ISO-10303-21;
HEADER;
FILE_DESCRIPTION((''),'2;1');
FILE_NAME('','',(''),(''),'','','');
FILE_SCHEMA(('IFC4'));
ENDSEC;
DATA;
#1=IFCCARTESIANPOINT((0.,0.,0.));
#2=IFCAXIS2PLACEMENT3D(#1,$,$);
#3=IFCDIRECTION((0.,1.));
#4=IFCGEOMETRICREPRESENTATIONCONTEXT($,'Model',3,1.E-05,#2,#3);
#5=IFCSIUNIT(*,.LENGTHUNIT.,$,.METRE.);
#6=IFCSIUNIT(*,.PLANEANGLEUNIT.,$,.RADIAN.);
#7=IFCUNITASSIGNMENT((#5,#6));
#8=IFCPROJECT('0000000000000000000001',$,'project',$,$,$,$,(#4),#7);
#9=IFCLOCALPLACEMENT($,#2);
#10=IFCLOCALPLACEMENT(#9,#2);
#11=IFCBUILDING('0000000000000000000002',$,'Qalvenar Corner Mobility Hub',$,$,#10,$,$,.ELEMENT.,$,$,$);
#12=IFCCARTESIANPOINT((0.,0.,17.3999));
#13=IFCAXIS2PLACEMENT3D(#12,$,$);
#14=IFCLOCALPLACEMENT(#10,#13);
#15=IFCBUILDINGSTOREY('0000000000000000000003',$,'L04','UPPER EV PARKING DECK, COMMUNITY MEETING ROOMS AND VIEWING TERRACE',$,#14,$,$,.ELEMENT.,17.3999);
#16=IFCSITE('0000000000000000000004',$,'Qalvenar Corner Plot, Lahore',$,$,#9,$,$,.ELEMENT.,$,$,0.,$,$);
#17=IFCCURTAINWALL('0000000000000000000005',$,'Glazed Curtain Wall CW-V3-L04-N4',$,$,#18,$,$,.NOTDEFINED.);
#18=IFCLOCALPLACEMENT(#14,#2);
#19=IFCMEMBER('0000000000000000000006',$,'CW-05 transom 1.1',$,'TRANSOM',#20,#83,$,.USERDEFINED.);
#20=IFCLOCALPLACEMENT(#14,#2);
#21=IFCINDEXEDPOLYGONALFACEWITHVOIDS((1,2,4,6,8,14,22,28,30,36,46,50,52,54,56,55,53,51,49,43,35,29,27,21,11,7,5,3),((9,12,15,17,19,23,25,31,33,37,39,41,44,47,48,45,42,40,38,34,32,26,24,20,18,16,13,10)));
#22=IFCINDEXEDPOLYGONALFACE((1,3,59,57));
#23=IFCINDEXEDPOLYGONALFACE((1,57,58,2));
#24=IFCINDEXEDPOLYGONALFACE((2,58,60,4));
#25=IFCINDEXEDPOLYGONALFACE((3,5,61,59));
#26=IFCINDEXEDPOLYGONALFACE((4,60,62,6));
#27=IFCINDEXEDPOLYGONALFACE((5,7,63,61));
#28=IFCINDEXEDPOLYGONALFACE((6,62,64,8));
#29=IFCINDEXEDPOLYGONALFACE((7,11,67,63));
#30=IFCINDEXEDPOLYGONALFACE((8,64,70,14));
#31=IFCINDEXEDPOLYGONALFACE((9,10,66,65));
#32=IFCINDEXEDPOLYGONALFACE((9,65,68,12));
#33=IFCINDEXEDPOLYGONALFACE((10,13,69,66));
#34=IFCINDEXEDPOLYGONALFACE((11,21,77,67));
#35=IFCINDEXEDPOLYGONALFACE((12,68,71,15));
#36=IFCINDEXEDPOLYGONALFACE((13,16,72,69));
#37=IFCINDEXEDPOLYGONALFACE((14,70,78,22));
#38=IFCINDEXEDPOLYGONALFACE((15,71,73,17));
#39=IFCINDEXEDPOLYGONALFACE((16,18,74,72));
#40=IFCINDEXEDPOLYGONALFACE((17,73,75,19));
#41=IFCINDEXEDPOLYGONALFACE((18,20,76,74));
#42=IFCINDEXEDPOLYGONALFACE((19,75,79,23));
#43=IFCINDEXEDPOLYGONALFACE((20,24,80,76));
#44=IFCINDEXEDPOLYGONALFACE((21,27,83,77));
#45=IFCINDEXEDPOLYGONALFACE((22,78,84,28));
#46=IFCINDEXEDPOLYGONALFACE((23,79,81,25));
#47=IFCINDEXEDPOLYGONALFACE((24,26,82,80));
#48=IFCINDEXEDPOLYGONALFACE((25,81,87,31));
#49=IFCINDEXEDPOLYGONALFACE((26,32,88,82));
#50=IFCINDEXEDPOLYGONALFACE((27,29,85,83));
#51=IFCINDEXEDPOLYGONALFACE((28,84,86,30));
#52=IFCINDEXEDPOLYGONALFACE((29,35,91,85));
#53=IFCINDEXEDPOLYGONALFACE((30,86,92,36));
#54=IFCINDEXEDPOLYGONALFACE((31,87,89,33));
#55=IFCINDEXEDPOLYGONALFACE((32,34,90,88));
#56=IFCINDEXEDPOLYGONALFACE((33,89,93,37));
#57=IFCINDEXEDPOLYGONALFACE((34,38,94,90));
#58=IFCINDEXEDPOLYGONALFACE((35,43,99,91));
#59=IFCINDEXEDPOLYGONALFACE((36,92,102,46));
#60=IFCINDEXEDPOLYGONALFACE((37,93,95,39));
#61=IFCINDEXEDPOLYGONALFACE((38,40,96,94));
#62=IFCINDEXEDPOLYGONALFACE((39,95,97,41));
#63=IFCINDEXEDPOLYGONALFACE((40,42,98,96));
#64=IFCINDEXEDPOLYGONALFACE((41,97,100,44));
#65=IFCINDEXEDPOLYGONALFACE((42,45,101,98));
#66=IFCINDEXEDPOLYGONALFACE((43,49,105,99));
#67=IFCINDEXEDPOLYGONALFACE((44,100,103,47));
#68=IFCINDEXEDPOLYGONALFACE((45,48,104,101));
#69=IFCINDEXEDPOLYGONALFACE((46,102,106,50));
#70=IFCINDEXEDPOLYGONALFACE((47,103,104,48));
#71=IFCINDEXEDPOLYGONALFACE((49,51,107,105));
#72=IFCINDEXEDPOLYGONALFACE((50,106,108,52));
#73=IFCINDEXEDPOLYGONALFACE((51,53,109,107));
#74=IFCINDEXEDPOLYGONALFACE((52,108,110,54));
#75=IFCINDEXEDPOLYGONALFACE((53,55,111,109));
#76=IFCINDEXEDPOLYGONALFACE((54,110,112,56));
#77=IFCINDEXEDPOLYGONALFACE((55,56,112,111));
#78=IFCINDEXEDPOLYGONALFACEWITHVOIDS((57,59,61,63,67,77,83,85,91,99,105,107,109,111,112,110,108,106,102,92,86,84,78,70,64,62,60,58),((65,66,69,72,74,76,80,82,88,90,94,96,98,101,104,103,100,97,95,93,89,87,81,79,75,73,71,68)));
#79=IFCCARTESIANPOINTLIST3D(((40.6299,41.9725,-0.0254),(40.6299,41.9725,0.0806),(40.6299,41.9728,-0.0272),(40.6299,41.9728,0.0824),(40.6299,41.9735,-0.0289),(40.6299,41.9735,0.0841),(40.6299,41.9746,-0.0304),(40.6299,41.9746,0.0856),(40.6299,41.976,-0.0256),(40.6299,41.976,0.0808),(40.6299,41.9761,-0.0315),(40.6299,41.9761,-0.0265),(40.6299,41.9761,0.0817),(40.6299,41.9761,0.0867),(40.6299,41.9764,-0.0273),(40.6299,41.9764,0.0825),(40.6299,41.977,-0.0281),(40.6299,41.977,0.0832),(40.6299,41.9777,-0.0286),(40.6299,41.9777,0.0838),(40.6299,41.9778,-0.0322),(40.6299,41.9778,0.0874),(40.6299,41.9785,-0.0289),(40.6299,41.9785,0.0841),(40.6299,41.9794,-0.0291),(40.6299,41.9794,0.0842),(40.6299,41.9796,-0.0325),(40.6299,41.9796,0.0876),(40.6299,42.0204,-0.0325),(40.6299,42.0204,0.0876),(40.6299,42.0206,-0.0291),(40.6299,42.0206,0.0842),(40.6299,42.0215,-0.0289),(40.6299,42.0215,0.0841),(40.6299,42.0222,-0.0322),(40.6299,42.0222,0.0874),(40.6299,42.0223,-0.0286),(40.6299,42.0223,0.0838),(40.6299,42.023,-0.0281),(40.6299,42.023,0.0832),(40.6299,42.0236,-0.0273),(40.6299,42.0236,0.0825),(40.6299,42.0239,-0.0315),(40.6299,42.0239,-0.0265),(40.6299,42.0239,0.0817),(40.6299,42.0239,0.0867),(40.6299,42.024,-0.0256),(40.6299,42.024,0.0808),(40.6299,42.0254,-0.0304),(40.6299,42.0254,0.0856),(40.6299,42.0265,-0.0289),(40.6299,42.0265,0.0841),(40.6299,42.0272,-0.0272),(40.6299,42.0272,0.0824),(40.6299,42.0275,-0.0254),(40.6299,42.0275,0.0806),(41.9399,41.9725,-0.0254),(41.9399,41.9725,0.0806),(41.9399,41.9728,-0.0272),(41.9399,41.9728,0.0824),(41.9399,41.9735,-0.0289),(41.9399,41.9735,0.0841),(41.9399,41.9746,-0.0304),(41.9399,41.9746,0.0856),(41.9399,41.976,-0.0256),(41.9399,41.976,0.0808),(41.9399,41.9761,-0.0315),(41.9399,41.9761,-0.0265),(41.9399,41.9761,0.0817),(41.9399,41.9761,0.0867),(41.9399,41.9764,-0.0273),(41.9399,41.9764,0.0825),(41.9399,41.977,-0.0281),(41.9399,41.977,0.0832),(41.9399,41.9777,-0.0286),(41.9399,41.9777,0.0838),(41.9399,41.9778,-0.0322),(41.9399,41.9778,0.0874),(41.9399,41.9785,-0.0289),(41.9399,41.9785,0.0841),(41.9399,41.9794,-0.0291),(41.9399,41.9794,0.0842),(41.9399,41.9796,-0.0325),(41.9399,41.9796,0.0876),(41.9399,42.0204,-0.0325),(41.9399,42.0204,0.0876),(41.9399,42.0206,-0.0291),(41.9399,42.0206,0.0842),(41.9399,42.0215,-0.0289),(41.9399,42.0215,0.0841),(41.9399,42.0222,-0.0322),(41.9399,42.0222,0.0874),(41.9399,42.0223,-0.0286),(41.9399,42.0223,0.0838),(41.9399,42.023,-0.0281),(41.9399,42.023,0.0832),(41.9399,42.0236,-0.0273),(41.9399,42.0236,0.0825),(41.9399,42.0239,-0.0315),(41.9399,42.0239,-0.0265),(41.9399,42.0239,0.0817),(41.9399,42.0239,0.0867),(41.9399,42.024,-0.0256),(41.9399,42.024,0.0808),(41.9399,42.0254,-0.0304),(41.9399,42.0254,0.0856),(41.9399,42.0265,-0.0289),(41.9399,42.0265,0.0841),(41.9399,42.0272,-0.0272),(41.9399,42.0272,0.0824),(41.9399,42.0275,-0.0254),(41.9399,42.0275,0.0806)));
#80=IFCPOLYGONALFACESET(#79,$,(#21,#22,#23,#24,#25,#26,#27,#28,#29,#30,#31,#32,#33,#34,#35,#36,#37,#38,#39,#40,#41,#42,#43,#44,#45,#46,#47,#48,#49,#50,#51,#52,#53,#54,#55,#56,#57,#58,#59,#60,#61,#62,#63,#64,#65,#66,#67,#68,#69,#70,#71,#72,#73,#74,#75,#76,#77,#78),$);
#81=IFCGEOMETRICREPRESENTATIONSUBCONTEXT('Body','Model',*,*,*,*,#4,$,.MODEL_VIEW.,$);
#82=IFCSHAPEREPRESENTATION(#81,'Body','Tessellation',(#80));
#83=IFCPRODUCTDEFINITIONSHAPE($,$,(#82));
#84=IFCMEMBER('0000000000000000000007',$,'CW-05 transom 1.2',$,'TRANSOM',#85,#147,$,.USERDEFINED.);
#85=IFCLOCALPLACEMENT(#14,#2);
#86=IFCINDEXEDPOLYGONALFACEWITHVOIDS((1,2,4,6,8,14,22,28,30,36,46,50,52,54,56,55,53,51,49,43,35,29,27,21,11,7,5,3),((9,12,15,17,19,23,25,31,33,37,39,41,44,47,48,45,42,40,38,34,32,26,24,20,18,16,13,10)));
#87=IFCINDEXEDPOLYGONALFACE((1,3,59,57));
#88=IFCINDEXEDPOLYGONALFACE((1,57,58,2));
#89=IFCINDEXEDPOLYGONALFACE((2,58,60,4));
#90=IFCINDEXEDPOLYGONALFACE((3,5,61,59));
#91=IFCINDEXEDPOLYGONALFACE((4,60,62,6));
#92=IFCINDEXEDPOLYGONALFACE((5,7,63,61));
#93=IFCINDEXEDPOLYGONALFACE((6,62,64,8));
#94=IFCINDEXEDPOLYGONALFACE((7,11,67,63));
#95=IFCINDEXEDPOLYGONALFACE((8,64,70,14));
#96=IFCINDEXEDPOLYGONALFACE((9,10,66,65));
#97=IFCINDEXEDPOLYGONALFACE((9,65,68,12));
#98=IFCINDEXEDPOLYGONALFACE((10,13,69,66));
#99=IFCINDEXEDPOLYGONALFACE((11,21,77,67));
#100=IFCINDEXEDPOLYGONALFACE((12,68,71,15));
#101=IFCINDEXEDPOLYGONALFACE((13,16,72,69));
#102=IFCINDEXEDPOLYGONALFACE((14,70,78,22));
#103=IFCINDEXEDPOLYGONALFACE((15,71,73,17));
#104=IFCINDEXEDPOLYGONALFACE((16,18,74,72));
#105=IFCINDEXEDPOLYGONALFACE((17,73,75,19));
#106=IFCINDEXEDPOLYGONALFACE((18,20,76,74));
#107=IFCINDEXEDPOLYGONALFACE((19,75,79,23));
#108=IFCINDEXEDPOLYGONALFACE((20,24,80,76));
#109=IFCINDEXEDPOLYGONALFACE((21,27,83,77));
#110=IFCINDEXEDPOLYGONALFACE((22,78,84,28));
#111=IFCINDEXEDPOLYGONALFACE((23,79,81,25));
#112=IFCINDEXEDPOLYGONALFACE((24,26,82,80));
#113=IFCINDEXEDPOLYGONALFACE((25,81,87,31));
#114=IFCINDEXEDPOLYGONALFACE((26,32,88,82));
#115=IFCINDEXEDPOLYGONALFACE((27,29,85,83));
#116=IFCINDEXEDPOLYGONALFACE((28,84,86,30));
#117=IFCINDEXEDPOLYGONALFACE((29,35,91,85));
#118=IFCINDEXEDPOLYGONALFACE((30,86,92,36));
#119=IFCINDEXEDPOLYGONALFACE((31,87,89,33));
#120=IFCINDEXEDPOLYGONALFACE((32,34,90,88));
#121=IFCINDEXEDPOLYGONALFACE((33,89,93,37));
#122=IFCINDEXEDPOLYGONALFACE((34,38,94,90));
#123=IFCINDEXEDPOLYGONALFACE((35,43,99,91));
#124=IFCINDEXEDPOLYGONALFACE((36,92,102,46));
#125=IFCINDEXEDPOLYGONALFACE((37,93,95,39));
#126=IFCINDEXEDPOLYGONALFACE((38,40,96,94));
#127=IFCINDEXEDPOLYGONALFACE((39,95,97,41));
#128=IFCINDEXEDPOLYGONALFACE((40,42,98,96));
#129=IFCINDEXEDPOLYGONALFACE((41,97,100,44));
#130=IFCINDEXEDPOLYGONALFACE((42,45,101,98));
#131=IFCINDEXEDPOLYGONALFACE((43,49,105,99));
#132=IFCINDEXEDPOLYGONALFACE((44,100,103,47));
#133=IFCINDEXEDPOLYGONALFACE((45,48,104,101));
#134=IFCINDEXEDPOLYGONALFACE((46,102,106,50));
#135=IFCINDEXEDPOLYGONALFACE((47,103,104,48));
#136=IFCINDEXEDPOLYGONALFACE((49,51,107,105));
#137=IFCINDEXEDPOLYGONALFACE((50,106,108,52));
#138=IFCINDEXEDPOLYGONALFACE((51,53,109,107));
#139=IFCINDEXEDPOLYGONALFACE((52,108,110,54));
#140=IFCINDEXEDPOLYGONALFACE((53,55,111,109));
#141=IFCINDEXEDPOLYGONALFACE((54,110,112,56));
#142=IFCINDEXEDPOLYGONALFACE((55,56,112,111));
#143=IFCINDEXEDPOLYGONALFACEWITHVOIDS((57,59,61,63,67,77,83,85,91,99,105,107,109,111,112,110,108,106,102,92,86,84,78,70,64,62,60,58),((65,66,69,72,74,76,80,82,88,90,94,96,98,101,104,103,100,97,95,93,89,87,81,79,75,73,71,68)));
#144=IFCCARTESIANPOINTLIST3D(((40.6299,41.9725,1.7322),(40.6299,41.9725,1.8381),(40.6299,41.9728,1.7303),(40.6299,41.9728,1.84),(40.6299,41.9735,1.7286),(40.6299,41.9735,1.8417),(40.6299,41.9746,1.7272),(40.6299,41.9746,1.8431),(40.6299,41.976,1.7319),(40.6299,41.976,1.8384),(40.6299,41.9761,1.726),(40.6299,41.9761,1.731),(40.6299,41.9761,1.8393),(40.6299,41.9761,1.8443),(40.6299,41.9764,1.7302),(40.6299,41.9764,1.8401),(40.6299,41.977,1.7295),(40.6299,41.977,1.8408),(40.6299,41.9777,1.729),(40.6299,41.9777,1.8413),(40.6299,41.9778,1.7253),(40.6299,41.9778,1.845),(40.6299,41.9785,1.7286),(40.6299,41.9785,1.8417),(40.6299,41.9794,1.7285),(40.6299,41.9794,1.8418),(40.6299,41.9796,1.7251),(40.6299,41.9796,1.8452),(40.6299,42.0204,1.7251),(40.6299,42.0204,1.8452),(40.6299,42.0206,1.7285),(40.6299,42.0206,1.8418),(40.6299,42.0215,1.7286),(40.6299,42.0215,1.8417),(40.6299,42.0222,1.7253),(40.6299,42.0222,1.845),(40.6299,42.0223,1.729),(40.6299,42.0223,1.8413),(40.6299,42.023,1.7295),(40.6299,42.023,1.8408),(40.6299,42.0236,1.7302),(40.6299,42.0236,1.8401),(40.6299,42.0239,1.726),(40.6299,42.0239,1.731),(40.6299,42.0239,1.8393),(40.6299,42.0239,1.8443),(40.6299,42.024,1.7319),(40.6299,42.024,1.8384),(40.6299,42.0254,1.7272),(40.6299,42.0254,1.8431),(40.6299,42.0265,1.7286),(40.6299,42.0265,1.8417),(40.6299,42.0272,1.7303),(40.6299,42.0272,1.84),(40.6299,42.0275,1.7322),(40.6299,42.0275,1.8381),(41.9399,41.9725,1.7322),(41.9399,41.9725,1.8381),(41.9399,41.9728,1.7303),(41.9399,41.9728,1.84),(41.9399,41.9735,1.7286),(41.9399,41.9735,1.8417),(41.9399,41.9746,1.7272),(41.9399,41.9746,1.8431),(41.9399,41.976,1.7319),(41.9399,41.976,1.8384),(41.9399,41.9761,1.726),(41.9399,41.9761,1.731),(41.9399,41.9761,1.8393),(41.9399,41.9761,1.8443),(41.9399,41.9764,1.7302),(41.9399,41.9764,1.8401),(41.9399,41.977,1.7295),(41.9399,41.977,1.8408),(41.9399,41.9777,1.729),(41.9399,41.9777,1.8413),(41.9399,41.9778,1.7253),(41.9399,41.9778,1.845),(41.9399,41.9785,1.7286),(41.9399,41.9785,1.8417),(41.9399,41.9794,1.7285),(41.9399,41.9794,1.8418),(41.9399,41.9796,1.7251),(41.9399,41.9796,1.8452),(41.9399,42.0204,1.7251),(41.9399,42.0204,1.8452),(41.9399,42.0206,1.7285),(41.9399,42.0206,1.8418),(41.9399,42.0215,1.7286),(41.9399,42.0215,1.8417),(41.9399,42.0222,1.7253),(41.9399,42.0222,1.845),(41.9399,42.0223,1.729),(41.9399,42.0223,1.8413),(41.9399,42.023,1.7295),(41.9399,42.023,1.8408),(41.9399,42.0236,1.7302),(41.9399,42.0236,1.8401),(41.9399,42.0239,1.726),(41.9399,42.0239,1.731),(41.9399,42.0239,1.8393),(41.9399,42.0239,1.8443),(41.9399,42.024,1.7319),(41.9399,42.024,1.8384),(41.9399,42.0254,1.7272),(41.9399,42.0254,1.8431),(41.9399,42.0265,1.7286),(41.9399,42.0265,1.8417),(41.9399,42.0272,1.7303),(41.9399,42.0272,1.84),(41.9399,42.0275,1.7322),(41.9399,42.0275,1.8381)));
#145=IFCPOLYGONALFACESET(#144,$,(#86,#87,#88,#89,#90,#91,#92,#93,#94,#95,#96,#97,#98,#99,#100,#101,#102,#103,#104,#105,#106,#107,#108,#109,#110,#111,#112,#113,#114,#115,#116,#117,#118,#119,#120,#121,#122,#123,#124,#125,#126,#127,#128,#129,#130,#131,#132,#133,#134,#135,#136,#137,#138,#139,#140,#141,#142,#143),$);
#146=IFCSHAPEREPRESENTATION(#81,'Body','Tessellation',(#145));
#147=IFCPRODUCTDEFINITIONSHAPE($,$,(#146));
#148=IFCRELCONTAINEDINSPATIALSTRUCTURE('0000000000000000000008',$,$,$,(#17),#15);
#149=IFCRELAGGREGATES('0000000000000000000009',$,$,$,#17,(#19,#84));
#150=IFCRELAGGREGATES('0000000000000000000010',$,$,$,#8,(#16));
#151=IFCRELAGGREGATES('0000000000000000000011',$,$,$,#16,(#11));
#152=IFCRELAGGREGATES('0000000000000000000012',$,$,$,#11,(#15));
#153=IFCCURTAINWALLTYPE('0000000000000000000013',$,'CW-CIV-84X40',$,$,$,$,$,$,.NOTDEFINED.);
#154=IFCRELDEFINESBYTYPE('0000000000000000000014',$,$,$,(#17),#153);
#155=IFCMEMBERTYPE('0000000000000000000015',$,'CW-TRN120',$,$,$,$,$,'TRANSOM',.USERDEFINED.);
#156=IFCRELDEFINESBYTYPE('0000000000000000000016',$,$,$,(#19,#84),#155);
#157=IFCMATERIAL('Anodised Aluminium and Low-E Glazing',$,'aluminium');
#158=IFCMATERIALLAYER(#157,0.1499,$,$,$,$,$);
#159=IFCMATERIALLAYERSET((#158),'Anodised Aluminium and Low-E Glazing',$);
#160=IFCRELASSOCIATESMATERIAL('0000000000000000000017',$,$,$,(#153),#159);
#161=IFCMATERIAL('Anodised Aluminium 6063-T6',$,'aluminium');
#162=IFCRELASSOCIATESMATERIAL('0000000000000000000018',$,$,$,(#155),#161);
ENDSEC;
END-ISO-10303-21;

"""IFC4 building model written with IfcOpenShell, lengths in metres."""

from ifc_helpers import new_model, si_unit, direction, frame, origin, origin_2d, place, context, subcontext, project, spatial, hollow_rectangle, extrude, material, layer, layer_set, material_profile, profile_set, type_object, element, aggregate, save


model = new_model("IFC4")

# Units and contexts
model_context = context("Model", 3, precision=1e-05, world=origin(), true_north=direction((0.0, 1.0)))
body_context = subcontext(model_context, "Body", "Model", "MODEL_VIEW")
ifc_project = project(units=[si_unit("LENGTHUNIT", "METRE"), si_unit("PLANEANGLEUNIT", "RADIAN")], contexts=[model_context])

# Site, building, storey
site_placement = place(None, origin())
site = spatial("IfcSite", under=ifc_project, at=site_placement, Name="Qalvenar Corner Plot, Lahore", CompositionType="ELEMENT", RefElevation=0.0)
building_placement = place(site_placement, origin())
building = spatial("IfcBuilding", under=site, at=building_placement, Name="Qalvenar Corner Mobility Hub", CompositionType="ELEMENT")
storey_placement = place(building_placement, frame((0.0, 0.0, 17.3999)))
storey = spatial("IfcBuildingStorey", under=building, at=storey_placement, Name="L04", Description="UPPER EV PARKING DECK, COMMUNITY MEETING ROOMS AND VIEWING TERRACE", CompositionType="ELEMENT", Elevation=17.3999)

# Curtain wall, members
ifc_material_1 = material(Name="Anodised Aluminium and Low-E Glazing", Category="aluminium")
ifc_layer_1 = layer(ifc_material_1, 0.1499)
ifc_layer_set_1 = layer_set([ifc_layer_1], Name="Anodised Aluminium and Low-E Glazing")
curtain_wall_type = type_object("IfcCurtainWallType", Name="CW-CIV-84X40", PredefinedType="NOTDEFINED", material=ifc_layer_set_1)
curtain_wall_placement = place(storey_placement, origin())
curtain_wall = element("IfcCurtainWall", 1, at=curtain_wall_placement, inside=storey, type_object=curtain_wall_type, Name="Glazed Curtain Wall CW-V3-L04-N4", PredefinedType="NOTDEFINED")
ifc_material_2 = material(Name="Anodised Aluminium 6063-T6", Category="aluminium")
ifc_material_profile_1 = material_profile(ifc_material_2, hollow_rectangle(XDim=0.0549, YDim=0.1201, WallThickness=0.0034, InnerFilletRadius=0.0034, OuterFilletRadius=0.0071, at=origin_2d()), Name="RHS120x55x3.5")
ifc_profile_set_1 = profile_set([ifc_material_profile_1], Name="Anodised Aluminium 6063-T6")
member_type_1 = type_object("IfcMemberType", Name="CW-TRN120", ElementType="TRANSOM", PredefinedType="USERDEFINED", material=ifc_profile_set_1)
member_1_placement = place(storey_placement, frame((41.9399, 42.0, 0.0276), z_axis=(-1.0, 0.0, 0.0), x_axis=(0.0, -1.0, 0.0)))
member_1 = element("IfcMember", 2, at=member_1_placement, type_object=member_type_1, Name="CW-05 transom 1.1", ObjectType="TRANSOM", PredefinedType="USERDEFINED", context=body_context, shape_type="SweptSolid", body=[
    extrude(hollow_rectangle(XDim=0.0549, YDim=0.1201, WallThickness=0.0034, InnerFilletRadius=0.0034, OuterFilletRadius=0.0071, at=origin_2d()), origin(), (0.0, 0.0, 1.0), 1.3101),
])
member_2_placement = place(storey_placement, frame((41.9399, 42.0, 1.7852), z_axis=(-1.0, 0.0, 0.0), x_axis=(0.0, -1.0, 0.0)))
member_2 = element("IfcMember", 3, at=member_2_placement, type_object=member_type_1, Name="CW-05 transom 1.2", ObjectType="TRANSOM", PredefinedType="USERDEFINED", context=body_context, shape_type="SweptSolid", body=[
    extrude(hollow_rectangle(XDim=0.0549, YDim=0.1201, WallThickness=0.0034, InnerFilletRadius=0.0034, OuterFilletRadius=0.0071, at=origin_2d()), origin(), (0.0, 0.0, 1.0), 1.3101),
])
aggregate(curtain_wall, [member_1, member_2])

save(model, "model.ifc")
